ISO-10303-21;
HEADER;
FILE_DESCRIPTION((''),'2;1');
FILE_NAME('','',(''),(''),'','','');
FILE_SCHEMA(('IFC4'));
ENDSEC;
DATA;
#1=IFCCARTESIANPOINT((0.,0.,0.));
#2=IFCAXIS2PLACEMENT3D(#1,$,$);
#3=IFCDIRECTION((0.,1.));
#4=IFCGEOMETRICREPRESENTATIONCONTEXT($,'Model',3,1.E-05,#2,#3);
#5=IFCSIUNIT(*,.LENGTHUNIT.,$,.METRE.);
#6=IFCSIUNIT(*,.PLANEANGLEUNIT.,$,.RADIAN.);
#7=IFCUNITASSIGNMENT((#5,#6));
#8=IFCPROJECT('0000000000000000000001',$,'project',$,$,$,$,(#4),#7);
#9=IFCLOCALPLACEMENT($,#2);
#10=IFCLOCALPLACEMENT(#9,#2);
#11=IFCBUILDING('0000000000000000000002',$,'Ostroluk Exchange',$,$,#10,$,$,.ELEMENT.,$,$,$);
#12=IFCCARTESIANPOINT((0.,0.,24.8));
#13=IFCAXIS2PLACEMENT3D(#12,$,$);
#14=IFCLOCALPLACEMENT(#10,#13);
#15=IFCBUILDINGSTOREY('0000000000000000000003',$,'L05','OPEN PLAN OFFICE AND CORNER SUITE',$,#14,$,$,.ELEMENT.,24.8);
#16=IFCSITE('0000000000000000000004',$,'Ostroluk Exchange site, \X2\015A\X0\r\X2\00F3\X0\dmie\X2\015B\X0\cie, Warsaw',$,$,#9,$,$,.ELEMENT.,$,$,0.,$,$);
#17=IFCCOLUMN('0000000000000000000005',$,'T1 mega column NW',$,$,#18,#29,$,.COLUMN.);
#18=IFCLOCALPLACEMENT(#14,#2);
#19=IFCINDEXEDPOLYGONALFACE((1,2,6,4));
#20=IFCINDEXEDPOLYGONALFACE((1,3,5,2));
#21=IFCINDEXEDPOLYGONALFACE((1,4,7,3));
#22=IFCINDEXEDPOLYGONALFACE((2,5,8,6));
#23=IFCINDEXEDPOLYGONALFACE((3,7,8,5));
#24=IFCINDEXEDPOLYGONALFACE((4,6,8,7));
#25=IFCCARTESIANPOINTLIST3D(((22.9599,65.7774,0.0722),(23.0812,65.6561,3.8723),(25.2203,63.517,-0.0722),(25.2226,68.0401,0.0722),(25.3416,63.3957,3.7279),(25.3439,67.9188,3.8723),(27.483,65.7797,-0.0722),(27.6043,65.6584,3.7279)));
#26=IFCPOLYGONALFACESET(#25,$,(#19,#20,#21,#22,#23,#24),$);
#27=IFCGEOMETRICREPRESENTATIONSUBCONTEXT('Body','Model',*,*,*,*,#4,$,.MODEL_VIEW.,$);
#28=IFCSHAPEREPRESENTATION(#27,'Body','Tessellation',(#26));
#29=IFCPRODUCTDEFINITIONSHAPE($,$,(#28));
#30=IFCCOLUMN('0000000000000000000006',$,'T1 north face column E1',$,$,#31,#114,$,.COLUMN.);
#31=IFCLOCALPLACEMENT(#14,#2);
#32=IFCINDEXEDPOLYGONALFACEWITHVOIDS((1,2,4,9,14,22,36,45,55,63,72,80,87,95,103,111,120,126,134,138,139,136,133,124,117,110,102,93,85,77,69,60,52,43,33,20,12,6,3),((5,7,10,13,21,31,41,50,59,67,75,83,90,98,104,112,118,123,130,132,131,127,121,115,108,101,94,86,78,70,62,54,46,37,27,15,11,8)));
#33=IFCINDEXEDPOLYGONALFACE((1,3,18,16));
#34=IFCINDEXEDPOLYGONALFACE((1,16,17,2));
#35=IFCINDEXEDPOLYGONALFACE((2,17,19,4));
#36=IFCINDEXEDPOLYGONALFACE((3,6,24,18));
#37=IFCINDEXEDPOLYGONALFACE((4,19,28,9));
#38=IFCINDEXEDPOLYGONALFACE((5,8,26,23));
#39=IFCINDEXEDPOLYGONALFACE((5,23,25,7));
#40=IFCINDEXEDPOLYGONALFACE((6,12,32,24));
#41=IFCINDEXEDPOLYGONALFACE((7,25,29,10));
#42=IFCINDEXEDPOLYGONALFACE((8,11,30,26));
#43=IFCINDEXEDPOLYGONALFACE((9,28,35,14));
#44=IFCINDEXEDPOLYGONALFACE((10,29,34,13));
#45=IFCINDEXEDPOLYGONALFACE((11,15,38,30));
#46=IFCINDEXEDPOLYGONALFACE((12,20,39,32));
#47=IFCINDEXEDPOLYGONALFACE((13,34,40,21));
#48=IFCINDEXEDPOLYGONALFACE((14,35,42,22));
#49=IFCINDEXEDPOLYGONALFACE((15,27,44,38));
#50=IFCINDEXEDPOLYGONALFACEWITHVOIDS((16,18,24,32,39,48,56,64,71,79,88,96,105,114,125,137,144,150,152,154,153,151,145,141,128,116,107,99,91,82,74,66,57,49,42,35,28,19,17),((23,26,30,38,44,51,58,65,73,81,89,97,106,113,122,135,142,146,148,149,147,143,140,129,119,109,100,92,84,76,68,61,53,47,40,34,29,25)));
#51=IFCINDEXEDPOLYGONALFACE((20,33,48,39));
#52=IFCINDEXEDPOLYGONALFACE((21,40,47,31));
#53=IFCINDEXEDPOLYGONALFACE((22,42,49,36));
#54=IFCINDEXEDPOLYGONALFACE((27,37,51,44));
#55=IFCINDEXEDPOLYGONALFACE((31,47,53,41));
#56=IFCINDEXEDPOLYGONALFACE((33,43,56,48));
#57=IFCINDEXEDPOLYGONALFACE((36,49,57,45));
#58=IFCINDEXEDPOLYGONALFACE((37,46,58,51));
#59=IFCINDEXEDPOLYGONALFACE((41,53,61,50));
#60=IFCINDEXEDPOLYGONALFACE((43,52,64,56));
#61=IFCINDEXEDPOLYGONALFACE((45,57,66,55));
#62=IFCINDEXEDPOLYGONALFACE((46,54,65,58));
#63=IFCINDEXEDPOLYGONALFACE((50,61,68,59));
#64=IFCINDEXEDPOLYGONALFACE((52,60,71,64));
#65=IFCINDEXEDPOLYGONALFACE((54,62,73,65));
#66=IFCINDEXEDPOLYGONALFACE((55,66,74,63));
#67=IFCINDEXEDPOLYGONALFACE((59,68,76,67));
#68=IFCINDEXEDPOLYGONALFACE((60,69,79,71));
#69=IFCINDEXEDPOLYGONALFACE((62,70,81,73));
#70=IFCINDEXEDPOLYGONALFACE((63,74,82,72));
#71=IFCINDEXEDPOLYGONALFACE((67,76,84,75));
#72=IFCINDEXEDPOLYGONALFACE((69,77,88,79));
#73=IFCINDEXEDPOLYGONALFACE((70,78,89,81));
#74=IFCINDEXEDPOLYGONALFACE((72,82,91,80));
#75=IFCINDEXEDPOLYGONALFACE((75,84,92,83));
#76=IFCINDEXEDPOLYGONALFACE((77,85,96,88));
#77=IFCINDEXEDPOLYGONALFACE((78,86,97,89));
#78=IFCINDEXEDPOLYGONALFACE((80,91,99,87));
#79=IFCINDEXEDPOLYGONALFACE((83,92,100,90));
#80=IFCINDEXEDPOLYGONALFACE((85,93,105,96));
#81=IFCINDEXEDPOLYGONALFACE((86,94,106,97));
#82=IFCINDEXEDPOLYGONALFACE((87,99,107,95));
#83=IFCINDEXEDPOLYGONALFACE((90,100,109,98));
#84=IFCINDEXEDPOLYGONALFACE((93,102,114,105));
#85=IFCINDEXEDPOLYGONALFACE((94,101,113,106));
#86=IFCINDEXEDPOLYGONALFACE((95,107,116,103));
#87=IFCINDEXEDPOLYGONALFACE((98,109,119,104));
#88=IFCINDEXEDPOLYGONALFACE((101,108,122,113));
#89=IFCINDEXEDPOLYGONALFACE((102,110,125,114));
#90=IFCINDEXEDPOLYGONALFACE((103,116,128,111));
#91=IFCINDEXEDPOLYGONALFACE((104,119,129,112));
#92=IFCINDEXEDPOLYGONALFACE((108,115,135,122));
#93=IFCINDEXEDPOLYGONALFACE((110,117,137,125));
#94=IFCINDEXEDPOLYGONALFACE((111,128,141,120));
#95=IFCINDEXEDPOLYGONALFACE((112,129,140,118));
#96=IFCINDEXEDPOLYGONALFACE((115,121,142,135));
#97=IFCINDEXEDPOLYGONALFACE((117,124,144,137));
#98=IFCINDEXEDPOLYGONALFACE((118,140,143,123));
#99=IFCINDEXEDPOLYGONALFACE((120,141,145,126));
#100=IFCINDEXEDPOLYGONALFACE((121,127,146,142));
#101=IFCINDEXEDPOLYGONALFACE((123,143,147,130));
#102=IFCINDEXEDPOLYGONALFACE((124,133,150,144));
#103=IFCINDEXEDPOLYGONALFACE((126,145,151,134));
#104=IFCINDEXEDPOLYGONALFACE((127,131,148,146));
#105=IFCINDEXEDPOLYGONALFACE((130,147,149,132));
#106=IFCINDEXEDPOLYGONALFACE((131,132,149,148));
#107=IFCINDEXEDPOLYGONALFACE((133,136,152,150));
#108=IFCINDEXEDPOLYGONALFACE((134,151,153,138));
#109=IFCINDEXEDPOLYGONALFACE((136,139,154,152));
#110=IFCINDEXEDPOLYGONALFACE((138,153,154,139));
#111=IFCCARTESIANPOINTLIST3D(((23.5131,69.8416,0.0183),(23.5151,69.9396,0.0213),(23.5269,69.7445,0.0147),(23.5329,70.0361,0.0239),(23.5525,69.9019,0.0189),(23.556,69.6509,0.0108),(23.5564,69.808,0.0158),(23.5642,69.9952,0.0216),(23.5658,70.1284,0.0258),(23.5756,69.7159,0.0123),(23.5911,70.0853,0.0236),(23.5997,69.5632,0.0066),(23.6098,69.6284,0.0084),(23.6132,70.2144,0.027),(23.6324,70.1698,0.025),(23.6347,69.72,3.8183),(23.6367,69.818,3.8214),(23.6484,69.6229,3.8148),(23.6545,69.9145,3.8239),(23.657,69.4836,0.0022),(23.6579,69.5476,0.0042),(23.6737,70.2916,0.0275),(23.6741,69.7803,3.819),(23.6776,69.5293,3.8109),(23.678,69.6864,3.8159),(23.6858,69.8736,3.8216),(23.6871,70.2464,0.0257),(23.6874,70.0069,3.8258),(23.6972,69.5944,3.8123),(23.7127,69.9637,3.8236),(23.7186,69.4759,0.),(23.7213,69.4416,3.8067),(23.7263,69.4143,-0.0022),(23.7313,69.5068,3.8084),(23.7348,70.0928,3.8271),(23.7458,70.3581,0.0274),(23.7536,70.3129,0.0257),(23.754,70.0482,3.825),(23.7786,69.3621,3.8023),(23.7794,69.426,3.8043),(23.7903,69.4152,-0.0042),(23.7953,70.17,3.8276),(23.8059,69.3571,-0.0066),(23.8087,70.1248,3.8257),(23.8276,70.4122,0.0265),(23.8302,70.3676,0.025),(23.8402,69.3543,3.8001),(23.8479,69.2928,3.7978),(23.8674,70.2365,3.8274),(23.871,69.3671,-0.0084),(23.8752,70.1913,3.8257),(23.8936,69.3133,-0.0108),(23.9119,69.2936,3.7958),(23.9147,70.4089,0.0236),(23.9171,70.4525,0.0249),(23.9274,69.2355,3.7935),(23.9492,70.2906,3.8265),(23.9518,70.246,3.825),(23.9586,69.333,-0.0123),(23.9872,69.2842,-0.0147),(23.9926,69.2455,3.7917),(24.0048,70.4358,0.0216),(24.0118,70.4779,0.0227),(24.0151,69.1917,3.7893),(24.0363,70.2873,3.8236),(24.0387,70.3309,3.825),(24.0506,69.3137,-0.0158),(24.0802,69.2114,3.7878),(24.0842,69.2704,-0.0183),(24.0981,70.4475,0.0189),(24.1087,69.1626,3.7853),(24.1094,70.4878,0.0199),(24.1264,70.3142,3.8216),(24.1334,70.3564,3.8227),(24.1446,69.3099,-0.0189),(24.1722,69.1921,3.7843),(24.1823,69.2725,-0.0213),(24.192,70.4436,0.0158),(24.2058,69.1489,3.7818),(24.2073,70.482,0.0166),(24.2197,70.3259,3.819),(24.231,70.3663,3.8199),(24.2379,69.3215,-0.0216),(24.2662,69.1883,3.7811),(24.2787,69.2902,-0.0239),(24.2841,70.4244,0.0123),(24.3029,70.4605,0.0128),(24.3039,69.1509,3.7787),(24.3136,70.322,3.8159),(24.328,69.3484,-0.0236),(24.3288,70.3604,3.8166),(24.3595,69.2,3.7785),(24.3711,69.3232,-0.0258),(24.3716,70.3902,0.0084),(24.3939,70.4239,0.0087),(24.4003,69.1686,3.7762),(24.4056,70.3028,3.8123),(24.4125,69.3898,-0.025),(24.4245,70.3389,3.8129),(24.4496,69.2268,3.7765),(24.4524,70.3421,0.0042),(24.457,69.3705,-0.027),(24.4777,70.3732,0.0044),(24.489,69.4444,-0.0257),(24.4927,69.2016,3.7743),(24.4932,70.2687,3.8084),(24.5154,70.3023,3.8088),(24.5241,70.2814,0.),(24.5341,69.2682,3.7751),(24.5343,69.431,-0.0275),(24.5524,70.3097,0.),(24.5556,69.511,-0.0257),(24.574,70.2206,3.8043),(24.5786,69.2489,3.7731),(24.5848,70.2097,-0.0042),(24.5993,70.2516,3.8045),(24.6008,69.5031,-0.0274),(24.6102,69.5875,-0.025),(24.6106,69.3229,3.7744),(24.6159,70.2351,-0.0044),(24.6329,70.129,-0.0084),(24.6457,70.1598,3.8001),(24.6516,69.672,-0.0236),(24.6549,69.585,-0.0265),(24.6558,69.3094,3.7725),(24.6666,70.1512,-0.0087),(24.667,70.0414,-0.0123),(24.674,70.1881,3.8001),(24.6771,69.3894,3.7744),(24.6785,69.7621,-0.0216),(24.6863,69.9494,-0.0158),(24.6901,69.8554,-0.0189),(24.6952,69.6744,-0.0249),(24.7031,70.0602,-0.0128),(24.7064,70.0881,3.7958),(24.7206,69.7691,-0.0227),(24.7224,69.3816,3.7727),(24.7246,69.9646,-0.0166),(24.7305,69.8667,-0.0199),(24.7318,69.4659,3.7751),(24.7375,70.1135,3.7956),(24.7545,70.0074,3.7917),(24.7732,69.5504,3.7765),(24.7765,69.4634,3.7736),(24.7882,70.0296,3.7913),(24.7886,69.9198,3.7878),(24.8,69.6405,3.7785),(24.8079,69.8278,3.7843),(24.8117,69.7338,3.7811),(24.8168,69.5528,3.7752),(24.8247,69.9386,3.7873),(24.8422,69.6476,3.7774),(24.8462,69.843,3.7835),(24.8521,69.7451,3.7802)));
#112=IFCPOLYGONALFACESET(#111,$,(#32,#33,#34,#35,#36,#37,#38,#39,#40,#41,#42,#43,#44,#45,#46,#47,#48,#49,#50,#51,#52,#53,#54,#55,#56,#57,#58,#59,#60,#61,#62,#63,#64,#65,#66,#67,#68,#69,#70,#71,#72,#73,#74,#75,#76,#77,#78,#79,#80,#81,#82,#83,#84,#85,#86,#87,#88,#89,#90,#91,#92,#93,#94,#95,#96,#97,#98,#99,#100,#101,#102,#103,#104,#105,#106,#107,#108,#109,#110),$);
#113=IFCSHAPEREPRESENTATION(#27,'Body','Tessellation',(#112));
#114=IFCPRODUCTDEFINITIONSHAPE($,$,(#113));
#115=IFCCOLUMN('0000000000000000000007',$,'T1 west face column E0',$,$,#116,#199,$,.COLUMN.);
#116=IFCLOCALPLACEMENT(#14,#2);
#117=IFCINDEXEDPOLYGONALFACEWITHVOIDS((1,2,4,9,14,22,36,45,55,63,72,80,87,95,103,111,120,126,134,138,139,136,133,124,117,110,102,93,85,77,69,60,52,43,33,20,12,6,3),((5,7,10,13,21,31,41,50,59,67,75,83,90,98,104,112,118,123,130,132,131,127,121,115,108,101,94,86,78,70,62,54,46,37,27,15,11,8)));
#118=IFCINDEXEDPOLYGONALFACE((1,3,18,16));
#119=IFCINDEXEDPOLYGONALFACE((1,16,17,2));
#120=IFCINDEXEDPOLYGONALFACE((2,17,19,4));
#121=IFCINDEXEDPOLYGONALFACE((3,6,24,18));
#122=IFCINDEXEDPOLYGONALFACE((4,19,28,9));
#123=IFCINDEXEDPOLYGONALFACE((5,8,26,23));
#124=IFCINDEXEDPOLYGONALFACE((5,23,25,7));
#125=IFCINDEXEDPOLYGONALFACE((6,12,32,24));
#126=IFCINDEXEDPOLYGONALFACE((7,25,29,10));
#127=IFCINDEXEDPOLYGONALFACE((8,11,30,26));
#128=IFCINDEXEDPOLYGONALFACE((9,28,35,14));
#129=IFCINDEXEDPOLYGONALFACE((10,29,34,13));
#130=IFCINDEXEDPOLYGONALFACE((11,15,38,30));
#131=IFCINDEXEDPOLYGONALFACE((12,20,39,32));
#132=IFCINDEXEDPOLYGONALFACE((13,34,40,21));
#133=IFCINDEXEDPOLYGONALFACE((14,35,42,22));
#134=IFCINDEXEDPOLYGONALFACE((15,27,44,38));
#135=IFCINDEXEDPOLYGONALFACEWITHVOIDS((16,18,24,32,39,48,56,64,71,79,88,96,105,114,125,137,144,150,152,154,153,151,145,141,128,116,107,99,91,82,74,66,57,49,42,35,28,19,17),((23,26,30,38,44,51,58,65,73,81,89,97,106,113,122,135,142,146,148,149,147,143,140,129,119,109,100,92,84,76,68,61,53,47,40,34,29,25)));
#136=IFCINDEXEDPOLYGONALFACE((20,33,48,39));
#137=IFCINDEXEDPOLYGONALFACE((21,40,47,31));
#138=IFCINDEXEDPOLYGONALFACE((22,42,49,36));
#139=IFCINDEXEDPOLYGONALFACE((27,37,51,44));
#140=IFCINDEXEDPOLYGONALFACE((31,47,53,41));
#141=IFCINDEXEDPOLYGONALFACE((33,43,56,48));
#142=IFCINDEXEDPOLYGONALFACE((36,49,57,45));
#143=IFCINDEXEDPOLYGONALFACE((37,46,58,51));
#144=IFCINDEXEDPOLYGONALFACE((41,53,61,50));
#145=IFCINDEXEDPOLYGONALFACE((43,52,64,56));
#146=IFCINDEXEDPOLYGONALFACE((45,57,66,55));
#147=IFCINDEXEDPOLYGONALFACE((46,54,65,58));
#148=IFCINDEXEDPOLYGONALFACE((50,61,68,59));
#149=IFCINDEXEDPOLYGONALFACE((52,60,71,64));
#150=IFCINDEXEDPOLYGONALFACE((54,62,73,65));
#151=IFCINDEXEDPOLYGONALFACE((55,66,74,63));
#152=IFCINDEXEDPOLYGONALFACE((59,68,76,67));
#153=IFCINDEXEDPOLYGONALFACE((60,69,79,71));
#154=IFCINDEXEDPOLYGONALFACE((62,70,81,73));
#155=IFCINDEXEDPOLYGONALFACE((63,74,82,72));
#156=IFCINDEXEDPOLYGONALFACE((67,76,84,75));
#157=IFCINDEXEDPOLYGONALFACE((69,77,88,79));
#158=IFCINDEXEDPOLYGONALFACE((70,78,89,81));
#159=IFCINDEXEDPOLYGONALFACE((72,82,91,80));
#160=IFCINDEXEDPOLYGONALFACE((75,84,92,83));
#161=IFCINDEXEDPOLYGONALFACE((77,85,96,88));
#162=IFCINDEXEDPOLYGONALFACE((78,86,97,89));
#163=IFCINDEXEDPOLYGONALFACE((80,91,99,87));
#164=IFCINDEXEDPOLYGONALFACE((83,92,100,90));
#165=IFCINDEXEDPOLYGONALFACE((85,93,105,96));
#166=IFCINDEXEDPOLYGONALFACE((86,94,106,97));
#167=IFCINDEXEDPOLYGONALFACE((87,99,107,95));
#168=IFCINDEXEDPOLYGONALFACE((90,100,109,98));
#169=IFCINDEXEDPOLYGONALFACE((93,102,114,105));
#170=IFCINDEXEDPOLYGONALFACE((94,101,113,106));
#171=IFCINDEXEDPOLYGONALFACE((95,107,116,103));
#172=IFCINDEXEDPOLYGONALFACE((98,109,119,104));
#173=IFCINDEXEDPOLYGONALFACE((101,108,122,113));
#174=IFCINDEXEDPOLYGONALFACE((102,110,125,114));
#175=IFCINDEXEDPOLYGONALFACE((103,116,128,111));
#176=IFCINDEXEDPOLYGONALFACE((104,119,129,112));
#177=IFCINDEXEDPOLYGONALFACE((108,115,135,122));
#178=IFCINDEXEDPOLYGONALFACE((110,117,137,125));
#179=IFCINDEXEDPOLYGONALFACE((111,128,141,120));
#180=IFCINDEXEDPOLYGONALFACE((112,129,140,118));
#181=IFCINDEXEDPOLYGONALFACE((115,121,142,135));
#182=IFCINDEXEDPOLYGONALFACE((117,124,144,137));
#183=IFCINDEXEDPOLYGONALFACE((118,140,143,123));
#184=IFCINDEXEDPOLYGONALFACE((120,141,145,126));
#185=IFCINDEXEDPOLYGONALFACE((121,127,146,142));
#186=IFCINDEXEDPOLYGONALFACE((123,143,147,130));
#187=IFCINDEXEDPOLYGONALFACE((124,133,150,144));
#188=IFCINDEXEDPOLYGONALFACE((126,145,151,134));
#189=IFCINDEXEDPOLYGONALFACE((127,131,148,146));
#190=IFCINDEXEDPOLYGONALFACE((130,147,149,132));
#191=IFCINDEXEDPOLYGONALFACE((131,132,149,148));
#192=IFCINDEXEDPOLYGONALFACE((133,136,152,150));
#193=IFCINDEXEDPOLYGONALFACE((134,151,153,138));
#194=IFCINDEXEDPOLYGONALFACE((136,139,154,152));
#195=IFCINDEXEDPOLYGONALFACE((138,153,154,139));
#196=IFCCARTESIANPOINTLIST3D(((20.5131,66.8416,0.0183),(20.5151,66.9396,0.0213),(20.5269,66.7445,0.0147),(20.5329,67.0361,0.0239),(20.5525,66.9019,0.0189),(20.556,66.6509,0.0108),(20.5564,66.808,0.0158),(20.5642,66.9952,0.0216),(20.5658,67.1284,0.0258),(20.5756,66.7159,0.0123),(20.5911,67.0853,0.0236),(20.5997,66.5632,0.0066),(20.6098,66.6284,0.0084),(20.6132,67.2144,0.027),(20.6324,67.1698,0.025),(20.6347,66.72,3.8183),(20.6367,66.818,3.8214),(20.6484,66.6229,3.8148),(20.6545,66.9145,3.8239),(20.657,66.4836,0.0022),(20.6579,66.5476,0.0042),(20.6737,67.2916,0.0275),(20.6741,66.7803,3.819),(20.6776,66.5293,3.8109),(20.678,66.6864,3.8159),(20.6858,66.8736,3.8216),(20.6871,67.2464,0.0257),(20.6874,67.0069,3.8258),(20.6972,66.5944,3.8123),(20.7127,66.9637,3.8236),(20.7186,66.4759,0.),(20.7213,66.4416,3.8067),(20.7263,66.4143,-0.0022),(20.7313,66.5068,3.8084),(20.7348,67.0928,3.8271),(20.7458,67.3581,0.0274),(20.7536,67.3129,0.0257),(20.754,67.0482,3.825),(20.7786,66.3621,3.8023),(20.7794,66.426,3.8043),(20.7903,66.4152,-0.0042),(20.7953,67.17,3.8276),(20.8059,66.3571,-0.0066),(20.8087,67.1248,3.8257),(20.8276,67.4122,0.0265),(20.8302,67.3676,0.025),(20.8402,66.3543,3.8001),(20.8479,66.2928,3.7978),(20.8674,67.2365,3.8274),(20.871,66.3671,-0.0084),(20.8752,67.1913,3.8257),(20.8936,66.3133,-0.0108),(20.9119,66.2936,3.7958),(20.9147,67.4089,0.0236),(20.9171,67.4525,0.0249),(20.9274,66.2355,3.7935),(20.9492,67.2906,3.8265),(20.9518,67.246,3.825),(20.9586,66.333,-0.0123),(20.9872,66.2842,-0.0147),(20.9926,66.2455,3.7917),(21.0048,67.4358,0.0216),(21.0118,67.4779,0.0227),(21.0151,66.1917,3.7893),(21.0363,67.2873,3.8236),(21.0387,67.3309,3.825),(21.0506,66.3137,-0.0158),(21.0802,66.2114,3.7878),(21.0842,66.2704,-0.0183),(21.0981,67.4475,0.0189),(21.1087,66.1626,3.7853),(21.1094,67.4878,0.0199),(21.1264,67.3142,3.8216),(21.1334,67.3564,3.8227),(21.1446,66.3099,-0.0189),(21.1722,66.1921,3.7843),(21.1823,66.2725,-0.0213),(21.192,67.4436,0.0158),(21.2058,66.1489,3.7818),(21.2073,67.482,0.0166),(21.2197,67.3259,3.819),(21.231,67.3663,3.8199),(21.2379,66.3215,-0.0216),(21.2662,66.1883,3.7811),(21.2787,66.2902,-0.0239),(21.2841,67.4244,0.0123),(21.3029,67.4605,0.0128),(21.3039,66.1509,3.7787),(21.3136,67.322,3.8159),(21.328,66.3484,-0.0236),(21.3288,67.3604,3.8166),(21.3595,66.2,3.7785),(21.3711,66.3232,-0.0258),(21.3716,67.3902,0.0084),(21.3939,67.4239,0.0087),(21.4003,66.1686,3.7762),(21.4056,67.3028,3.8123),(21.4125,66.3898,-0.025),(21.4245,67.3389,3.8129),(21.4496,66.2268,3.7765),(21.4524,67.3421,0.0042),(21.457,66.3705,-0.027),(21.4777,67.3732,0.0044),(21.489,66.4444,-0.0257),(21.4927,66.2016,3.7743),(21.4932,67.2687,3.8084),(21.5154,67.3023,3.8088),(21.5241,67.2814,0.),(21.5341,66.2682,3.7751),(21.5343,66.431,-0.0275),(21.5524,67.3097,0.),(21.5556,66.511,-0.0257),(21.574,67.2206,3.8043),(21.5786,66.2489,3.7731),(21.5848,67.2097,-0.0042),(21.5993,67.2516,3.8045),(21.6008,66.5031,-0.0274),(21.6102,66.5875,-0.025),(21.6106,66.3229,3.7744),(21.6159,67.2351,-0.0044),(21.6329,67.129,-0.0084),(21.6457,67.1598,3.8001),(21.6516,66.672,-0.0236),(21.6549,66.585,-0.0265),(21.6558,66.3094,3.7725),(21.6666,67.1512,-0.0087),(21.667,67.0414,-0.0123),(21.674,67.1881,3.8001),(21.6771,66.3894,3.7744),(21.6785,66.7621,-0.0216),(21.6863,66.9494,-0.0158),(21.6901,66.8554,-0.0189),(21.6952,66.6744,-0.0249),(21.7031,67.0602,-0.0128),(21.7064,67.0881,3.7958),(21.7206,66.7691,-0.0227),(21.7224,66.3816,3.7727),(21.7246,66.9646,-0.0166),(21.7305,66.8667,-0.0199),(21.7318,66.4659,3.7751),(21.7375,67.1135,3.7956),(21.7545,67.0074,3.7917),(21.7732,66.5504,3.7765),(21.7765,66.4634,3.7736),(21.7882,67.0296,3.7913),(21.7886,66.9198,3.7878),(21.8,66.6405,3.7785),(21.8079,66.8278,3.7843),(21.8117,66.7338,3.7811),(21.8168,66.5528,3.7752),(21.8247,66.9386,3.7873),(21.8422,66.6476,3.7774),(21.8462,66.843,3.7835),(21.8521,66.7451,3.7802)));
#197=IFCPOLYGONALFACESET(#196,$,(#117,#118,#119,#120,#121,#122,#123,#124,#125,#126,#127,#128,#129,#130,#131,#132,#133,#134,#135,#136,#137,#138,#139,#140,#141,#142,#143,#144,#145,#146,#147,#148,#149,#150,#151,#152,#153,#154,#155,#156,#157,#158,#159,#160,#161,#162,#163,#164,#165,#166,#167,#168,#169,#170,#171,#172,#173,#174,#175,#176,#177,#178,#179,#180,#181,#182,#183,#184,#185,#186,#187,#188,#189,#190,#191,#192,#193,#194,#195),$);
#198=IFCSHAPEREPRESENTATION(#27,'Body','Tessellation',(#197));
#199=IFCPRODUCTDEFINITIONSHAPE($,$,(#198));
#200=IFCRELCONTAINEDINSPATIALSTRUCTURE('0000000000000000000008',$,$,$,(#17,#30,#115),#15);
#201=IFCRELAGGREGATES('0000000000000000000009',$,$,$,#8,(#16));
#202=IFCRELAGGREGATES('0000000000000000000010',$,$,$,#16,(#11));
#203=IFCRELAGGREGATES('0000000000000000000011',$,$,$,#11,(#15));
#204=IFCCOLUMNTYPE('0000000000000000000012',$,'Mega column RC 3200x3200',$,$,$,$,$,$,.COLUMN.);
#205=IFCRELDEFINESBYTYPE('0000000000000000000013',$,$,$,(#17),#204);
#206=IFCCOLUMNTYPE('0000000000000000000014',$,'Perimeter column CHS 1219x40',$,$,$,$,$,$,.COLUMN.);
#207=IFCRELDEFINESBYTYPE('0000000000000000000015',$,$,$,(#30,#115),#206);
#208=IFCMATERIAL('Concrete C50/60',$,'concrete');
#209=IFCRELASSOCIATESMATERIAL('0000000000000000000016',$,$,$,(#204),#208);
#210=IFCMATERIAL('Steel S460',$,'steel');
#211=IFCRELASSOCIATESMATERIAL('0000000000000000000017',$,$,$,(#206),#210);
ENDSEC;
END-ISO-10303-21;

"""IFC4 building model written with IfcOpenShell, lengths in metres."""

from ifc_helpers import new_model, si_unit, direction, frame, origin, origin_2d, place, context, subcontext, project, spatial, rectangle, hollow_circle, extrude, material, material_profile, profile_set, type_object, element, save


model = new_model("IFC4")

# Units and contexts
model_context = context("Model", 3, precision=1e-05, world=origin(), true_north=direction((0.0, 1.0)))
body_context = subcontext(model_context, "Body", "Model", "MODEL_VIEW")
ifc_project = project(units=[si_unit("LENGTHUNIT", "METRE"), si_unit("PLANEANGLEUNIT", "RADIAN")], contexts=[model_context])

# Site, building, storey
site_placement = place(None, origin())
site = spatial("IfcSite", under=ifc_project, at=site_placement, Name="Ostroluk Exchange site, Śródmieście, Warsaw", CompositionType="ELEMENT", RefElevation=0.0)
building_placement = place(site_placement, origin())
building = spatial("IfcBuilding", under=site, at=building_placement, Name="Ostroluk Exchange", CompositionType="ELEMENT")
storey_placement = place(building_placement, frame((0.0, 0.0, 24.8)))
storey = spatial("IfcBuildingStorey", under=building, at=storey_placement, Name="L05", Description="OPEN PLAN OFFICE AND CORNER SUITE", CompositionType="ELEMENT", Elevation=24.8)

# Columns
ifc_material_1 = material(Name="Concrete C50/60", Category="concrete")
ifc_material_profile_1 = material_profile(ifc_material_1, rectangle(XDim=3.2, YDim=3.2, at=origin_2d()), Name="RC 3200x3200")
ifc_profile_set_1 = profile_set([ifc_material_profile_1], Name="Concrete C50/60")
column_type_1 = type_object("IfcColumnType", Name="Mega column RC 3200x3200", PredefinedType="COLUMN", material=ifc_profile_set_1)
column_placement = place(storey_placement, frame((25.2214, 65.7786, 0.0), z_axis=(0.031898, -0.031898, 0.998982), x_axis=(0.707107, 0.707107, 0.0)))
element("IfcColumn", 1, at=column_placement, inside=storey, type_object=column_type_1, Name="T1 mega column NW", PredefinedType="COLUMN", context=body_context, shape_type="SweptSolid", body=[
    extrude(rectangle(XDim=3.2, YDim=3.2, at=origin_2d()), origin(), (0.0, 0.0, 1.0), 3.804),
])
ifc_material_2 = material(Name="Steel S460", Category="steel")
ifc_material_profile_2 = material_profile(ifc_material_2, hollow_circle(Radius=0.6096, WallThickness=0.04, at=origin_2d()), Name="CHS 1219x40")
ifc_profile_set_2 = profile_set([ifc_material_profile_2], Name="Steel S460")
column_type_2 = type_object("IfcColumnType", Name="Perimeter column CHS 1219x40", PredefinedType="COLUMN", material=ifc_profile_set_2)
for number, where, z_axis, x_axis, name in (
    (2, (24.1213, 69.8787, 0.0), (0.031962, -0.031962, 0.998978), (0.707107, 0.707107, 0.0), "T1 north face column E1"),
    (3, (21.1213, 66.8787, 0.0), (0.031962, -0.031962, 0.998978), (0.707107, 0.707107, 0.0), "T1 west face column E0"),
):
    element("IfcColumn", number, at=place(storey_placement, frame(where, z_axis=z_axis, x_axis=x_axis)), inside=storey, type_object=column_type_2, Name=name, PredefinedType="COLUMN", context=body_context, shape_type="SweptSolid", body=[
        extrude(hollow_circle(Radius=0.6096, WallThickness=0.04, at=origin_2d()), origin(), (0.0, 0.0, 1.0), 3.804),
    ])

save(model, "model.ifc")
